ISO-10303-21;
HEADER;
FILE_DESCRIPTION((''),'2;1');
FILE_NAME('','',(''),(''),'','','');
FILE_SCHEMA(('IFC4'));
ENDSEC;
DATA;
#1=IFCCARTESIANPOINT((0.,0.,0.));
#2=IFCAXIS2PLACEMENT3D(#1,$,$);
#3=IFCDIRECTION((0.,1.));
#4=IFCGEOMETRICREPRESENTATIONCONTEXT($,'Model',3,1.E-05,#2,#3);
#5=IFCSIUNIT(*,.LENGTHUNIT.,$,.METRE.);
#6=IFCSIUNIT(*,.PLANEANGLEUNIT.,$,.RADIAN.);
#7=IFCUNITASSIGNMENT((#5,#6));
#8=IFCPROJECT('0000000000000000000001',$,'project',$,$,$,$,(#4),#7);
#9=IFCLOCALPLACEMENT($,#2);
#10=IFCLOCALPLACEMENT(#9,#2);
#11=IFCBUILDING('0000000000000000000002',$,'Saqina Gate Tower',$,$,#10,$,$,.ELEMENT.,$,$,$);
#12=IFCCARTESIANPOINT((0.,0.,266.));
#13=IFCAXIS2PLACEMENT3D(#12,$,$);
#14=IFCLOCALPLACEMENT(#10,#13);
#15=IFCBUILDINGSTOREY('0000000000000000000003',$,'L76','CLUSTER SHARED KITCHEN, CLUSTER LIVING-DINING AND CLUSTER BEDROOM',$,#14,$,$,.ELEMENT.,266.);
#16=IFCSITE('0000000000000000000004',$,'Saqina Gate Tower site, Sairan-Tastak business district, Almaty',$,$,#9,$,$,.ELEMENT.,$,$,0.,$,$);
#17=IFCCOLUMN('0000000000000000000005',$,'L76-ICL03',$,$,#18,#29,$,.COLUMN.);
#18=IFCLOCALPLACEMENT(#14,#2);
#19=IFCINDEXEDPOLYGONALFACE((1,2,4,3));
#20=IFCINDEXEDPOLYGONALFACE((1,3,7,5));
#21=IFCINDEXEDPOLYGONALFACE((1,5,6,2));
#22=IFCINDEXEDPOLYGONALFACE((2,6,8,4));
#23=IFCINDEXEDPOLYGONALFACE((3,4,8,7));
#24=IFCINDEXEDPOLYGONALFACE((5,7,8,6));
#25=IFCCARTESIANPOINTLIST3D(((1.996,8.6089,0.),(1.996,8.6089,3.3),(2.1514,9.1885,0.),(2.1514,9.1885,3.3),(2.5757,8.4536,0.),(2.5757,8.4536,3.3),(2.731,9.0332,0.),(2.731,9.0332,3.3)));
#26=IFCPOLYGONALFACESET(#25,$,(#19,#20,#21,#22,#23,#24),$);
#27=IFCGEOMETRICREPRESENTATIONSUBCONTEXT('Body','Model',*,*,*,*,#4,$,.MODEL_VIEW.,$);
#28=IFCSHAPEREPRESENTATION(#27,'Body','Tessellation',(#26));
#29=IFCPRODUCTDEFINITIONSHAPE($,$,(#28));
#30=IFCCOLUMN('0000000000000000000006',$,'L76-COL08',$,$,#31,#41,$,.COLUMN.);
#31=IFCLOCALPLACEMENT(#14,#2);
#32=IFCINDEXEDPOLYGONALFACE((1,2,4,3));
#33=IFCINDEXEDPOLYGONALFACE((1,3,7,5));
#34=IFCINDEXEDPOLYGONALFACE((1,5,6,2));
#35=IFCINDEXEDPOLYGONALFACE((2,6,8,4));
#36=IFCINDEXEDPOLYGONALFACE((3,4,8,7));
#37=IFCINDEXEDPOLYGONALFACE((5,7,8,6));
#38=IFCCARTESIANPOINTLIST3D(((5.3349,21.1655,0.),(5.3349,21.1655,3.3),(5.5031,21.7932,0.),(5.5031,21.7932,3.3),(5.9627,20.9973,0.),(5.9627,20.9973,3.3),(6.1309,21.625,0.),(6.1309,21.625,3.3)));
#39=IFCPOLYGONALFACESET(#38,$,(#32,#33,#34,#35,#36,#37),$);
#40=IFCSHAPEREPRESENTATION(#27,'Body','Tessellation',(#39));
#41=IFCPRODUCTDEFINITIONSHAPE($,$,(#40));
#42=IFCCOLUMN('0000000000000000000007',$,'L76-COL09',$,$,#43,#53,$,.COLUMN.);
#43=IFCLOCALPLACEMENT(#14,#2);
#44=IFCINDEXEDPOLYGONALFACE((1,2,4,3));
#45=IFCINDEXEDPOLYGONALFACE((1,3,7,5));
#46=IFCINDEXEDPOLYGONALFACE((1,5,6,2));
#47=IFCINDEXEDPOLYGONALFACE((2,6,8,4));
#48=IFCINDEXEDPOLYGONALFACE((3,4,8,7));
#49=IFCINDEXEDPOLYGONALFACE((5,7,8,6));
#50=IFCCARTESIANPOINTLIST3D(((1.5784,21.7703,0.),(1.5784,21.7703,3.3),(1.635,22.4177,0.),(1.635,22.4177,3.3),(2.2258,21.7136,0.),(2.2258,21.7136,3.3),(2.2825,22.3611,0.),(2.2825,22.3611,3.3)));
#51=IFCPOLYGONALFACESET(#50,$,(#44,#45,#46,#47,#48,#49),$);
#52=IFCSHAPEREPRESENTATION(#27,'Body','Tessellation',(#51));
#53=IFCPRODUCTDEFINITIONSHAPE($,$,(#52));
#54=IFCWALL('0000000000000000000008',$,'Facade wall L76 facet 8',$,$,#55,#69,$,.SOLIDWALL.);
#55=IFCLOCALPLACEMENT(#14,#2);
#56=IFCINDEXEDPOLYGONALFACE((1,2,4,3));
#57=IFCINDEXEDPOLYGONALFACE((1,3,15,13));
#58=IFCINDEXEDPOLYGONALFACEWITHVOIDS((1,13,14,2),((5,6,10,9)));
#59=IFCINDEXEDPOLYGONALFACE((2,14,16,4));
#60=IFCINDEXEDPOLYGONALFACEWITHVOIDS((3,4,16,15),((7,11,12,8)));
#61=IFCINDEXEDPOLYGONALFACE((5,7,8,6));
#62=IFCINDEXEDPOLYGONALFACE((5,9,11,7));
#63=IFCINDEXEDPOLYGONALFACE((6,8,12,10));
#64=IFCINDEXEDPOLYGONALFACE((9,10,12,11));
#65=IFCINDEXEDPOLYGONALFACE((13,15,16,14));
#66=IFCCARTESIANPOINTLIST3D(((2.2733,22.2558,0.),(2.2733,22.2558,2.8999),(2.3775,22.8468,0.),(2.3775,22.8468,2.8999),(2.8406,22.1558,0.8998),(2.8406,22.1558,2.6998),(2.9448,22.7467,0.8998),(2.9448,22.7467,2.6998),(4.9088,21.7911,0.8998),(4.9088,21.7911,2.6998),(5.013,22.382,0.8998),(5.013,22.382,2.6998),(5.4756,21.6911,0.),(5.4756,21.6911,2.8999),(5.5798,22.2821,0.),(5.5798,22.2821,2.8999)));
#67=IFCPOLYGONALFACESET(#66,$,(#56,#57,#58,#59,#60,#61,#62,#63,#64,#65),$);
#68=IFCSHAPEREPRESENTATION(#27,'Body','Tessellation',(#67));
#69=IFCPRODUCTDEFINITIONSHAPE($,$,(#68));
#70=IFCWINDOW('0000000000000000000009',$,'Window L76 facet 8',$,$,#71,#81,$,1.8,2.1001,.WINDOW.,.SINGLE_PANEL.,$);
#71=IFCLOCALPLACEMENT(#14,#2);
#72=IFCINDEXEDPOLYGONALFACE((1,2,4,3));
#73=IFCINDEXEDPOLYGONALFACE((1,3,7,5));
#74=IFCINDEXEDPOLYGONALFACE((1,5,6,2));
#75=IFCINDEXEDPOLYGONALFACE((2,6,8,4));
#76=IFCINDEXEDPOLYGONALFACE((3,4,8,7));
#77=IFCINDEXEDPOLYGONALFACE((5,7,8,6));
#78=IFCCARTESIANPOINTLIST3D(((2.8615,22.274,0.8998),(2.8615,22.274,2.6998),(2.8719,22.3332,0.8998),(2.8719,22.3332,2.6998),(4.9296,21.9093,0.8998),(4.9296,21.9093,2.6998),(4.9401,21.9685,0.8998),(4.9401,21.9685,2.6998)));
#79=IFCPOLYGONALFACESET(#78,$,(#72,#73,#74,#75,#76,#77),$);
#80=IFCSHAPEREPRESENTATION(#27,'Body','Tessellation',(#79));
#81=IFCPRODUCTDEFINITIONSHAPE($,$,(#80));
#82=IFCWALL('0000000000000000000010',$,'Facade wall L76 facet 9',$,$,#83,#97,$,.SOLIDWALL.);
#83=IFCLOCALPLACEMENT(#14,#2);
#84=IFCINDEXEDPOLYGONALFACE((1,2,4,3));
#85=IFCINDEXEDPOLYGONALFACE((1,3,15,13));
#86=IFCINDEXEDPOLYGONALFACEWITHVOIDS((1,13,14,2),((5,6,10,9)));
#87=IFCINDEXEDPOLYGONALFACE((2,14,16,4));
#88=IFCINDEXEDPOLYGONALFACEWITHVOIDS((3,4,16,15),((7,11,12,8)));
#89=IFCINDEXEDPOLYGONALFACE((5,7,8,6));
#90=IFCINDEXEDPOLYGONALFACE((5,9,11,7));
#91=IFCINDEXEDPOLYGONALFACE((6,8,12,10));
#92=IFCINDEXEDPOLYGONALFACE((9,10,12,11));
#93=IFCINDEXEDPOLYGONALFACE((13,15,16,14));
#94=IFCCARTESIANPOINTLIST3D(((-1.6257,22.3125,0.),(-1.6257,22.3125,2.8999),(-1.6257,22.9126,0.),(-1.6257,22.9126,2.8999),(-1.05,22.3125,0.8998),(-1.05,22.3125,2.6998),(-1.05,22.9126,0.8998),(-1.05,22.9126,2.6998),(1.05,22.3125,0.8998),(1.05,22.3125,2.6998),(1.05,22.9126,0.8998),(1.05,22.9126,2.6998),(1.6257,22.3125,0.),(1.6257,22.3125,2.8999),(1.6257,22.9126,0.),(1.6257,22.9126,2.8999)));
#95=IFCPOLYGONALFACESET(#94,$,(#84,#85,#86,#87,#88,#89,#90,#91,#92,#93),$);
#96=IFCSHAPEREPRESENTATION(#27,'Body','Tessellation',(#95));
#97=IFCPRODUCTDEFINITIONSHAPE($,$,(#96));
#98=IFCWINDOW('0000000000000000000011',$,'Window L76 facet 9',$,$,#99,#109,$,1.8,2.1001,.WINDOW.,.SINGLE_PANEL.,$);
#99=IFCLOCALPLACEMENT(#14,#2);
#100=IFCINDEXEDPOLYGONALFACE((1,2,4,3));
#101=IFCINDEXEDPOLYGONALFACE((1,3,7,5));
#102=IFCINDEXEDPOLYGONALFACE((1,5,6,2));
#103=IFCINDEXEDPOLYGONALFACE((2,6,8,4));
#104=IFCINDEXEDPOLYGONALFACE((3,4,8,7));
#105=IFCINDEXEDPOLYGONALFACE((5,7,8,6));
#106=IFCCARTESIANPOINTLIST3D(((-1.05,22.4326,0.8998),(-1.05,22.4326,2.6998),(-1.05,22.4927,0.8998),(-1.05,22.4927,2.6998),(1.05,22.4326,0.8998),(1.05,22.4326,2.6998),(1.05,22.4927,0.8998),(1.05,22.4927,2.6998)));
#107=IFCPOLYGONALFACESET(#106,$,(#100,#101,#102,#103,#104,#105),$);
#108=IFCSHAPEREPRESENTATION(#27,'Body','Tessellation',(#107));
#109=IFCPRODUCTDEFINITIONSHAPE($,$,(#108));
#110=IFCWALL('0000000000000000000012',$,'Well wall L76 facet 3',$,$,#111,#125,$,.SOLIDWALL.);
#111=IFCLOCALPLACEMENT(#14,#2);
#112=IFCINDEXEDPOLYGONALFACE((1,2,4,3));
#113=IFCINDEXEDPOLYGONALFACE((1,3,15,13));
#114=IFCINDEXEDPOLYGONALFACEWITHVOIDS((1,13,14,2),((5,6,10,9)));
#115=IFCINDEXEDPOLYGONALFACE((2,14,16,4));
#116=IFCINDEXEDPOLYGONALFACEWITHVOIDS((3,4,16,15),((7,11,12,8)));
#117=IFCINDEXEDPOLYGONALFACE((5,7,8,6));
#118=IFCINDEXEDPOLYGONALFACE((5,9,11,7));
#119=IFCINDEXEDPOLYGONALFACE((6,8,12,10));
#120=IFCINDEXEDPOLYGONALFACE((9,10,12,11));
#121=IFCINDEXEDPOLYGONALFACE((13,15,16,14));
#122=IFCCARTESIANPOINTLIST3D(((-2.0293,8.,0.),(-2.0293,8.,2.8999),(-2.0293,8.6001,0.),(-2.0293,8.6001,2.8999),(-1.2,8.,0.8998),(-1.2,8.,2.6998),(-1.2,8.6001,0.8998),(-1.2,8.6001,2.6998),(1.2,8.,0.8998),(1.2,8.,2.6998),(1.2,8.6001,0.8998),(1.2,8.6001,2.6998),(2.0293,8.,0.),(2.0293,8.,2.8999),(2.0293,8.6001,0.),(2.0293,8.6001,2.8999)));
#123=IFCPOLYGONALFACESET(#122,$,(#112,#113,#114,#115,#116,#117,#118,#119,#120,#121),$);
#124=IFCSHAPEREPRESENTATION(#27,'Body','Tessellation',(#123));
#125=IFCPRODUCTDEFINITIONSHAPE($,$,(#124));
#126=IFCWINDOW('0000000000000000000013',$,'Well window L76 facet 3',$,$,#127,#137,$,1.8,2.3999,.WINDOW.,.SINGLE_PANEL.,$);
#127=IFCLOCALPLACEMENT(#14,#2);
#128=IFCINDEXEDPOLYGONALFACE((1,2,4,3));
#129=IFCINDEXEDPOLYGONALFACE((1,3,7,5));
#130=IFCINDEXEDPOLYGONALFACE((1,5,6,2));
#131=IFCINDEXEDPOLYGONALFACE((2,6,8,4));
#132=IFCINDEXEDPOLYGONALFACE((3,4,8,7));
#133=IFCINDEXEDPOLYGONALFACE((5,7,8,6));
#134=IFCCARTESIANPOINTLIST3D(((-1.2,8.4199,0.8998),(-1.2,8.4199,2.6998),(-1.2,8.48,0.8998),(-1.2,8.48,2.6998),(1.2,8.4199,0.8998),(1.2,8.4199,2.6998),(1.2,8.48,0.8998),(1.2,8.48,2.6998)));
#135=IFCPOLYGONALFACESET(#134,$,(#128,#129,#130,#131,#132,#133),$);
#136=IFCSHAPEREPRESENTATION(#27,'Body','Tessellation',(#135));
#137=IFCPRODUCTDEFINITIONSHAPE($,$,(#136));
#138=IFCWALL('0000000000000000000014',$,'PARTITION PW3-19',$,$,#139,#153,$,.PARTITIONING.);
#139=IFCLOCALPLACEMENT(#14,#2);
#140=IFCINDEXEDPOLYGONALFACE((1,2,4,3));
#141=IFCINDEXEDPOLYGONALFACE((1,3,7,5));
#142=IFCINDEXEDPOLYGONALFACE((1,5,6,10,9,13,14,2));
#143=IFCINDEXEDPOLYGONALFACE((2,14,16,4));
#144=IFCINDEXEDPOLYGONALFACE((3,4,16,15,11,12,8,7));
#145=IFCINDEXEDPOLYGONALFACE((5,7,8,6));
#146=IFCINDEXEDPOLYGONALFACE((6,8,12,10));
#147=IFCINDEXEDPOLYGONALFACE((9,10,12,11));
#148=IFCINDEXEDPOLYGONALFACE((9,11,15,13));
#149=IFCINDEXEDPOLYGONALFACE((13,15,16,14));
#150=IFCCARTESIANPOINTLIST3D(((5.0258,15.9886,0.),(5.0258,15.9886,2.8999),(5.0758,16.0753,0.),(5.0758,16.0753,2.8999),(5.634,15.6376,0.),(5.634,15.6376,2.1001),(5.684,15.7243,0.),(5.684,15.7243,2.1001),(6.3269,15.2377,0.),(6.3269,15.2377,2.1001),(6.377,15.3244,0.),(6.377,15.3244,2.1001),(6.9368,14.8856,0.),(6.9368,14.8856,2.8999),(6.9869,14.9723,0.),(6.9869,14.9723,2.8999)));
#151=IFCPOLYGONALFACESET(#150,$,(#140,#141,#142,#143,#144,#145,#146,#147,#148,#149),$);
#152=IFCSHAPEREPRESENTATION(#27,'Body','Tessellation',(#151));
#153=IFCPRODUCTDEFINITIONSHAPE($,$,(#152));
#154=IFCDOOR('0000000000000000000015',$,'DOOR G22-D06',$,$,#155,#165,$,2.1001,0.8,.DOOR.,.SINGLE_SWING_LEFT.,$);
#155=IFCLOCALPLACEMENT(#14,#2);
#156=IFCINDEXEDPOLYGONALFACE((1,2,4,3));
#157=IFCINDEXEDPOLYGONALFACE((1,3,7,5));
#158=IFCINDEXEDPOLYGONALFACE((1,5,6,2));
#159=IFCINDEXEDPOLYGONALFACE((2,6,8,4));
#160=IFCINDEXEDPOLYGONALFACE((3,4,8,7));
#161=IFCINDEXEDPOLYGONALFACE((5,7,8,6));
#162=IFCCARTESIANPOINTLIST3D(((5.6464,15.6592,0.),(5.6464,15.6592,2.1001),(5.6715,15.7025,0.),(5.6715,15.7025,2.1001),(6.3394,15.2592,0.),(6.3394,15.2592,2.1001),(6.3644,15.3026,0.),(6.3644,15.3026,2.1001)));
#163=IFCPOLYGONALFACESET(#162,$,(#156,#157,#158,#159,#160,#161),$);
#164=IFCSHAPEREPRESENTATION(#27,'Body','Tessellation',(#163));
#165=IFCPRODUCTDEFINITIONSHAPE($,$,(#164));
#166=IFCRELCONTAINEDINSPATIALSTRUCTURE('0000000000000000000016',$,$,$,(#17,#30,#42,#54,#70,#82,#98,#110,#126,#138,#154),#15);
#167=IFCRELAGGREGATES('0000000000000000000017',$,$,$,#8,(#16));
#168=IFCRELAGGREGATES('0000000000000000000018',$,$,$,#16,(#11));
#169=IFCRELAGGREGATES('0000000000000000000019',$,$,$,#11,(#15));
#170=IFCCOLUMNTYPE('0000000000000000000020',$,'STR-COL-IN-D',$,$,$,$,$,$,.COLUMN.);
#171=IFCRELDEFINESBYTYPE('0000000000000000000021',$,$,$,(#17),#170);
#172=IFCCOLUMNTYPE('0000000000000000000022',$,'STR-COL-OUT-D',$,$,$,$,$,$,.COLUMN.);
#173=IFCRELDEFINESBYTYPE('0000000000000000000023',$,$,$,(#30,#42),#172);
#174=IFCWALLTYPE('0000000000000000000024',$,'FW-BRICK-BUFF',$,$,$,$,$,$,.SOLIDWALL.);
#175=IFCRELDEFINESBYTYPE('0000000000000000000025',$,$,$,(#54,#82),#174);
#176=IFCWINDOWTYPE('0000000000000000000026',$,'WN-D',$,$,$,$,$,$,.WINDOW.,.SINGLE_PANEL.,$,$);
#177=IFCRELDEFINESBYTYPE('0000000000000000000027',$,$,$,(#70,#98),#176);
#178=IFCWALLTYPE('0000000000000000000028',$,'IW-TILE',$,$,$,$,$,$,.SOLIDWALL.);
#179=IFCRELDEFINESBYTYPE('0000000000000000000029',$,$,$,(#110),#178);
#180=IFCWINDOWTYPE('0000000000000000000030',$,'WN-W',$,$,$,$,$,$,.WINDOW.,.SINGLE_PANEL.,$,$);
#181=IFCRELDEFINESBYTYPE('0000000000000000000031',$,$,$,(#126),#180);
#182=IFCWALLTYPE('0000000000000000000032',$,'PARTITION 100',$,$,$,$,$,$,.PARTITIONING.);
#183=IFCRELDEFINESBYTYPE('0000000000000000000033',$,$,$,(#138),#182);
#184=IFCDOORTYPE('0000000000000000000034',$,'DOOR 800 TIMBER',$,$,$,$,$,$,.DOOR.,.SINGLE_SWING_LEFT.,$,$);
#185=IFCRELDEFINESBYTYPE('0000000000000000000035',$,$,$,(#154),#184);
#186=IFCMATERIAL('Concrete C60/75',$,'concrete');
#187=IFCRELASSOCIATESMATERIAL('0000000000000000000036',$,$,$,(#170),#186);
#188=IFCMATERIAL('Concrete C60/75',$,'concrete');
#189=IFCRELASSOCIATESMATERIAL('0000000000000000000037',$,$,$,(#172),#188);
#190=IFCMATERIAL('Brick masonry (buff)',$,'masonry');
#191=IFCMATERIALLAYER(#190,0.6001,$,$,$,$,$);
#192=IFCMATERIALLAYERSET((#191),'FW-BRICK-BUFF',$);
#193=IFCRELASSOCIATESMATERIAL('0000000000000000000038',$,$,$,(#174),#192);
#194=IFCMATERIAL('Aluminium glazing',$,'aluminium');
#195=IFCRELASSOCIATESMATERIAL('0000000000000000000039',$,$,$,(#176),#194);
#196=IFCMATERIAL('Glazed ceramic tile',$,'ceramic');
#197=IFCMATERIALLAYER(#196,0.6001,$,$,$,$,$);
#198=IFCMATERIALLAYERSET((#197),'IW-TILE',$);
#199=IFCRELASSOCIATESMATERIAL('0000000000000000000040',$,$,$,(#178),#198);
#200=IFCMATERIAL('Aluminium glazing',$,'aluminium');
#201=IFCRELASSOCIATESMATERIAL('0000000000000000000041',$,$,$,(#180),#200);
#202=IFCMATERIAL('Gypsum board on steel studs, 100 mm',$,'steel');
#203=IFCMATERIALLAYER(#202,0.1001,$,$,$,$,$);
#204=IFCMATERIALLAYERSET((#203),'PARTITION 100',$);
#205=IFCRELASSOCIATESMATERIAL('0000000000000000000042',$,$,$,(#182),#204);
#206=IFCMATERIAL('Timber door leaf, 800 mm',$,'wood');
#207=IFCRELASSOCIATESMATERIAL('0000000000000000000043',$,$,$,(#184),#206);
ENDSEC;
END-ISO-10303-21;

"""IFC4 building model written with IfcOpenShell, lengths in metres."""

from ifc_helpers import new_model, si_unit, direction, frame, frame_2d, origin, origin_2d, place, context, subcontext, project, spatial, rectangle, extrude, material, layer, layer_set, material_profile, profile_set, type_object, element, fill, save


model = new_model("IFC4")

# Units and contexts
model_context = context("Model", 3, precision=1e-05, world=origin(), true_north=direction((0.0, 1.0)))
body_context = subcontext(model_context, "Body", "Model", "MODEL_VIEW")
ifc_project = project(units=[si_unit("LENGTHUNIT", "METRE"), si_unit("PLANEANGLEUNIT", "RADIAN")], contexts=[model_context])

# Site, building, storey
site_placement = place(None, origin())
site = spatial("IfcSite", under=ifc_project, at=site_placement, Name="Saqina Gate Tower site, Sairan-Tastak business district, Almaty", CompositionType="ELEMENT", RefElevation=0.0)
building_placement = place(site_placement, origin())
building = spatial("IfcBuilding", under=site, at=building_placement, Name="Saqina Gate Tower", CompositionType="ELEMENT")
storey_placement = place(building_placement, frame((0.0, 0.0, 266.0)))
storey = spatial("IfcBuildingStorey", under=building, at=storey_placement, Name="L76", Description="CLUSTER SHARED KITCHEN, CLUSTER LIVING-DINING AND CLUSTER BEDROOM", CompositionType="ELEMENT", Elevation=266.0)

# Columns
ifc_material_1 = material(Name="Concrete C60/75", Category="concrete")
ifc_material_profile_1 = material_profile(ifc_material_1, rectangle(XDim=0.6001, YDim=0.6001, at=origin_2d()), Name="RC 600x600")
ifc_profile_set_1 = profile_set([ifc_material_profile_1], Name="Concrete C60/75")
column_type_1 = type_object("IfcColumnType", Name="STR-COL-IN-D", PredefinedType="COLUMN", material=ifc_profile_set_1)
column_placement = place(storey_placement, frame((2.3635, 8.821, 0.0), z_axis=(0.0, 0.0, 1.0), x_axis=(0.258819, 0.965926, 0.0)))
element("IfcColumn", 1, at=column_placement, inside=storey, type_object=column_type_1, Name="L76-ICL03", PredefinedType="COLUMN", context=body_context, shape_type="SweptSolid", body=[
    extrude(rectangle(XDim=0.6001, YDim=0.6001, at=origin_2d()), origin(), (0.0, 0.0, 1.0), 3.3),
])
ifc_material_2 = material(Name="Concrete C60/75", Category="concrete")
ifc_material_profile_2 = material_profile(ifc_material_2, rectangle(XDim=0.6499, YDim=0.6499, at=origin_2d()), Name="RC 650x650")
ifc_profile_set_2 = profile_set([ifc_material_profile_2], Name="Concrete C60/75")
column_type_2 = type_object("IfcColumnType", Name="STR-COL-OUT-D", PredefinedType="COLUMN", material=ifc_profile_set_2)
for number, where, z_axis, x_axis, name in (
    (2, (5.7329, 21.3953, 0.0), (0.0, 0.0, 1.0), (0.258819, 0.965926, 0.0), "L76-COL08"),
    (3, (1.9304, 22.0657, 0.0), (0.0, 0.0, 1.0), (0.087156, 0.996195, 0.0), "L76-COL09"),
):
    element("IfcColumn", number, at=place(storey_placement, frame(where, z_axis=z_axis, x_axis=x_axis)), inside=storey, type_object=column_type_2, Name=name, PredefinedType="COLUMN", context=body_context, shape_type="SweptSolid", body=[
        extrude(rectangle(XDim=0.6499, YDim=0.6499, at=origin_2d()), origin(), (0.0, 0.0, 1.0), 3.3),
    ])

# Walls, openings, windows
ifc_material_3 = material(Name="Brick masonry (buff)", Category="masonry")
ifc_layer_1 = layer(ifc_material_3, 0.6001)
ifc_layer_set_1 = layer_set([ifc_layer_1], Name="FW-BRICK-BUFF")
wall_type_1 = type_object("IfcWallType", Name="FW-BRICK-BUFF", PredefinedType="SOLIDWALL", material=ifc_layer_set_1)
wall_1_placement = place(storey_placement, frame((5.5278, 21.9866, 0.0), z_axis=(0.0, 0.0, 1.0), x_axis=(-0.984806, 0.173657, 0.0)))
wall_1 = element("IfcWall", 4, at=wall_1_placement, inside=storey, type_object=wall_type_1, Name="Facade wall L76 facet 8", PredefinedType="SOLIDWALL", context=body_context, shape_type="SweptSolid", body=[
    extrude(rectangle(XDim=3.2517, YDim=0.6001, at=frame_2d((1.626, 0.0))), origin(), (0.0, 0.0, 1.0), 2.8999),
])
opening_1_placement = place(wall_1_placement, frame((0.5757, 0.0, 0.8999)))
opening_1 = element("IfcOpeningElement", 5, at=opening_1_placement, cuts=wall_1, PredefinedType="OPENING", context=body_context, shape_type="SweptSolid", body=[
    extrude(rectangle(XDim=2.1001, YDim=1.8, at=frame_2d((1.05, 0.8999))), frame((0.0, 0.312, 0.0), z_axis=(0.0, -1.0, 0.0), x_axis=(1.0, 0.0, 0.0)), (0.0, 0.0, 1.0), 0.624),
])
ifc_material_4 = material(Name="Aluminium glazing", Category="aluminium")
window_type_1 = type_object("IfcWindowType", Name="WN-D", PartitioningType="SINGLE_PANEL", PredefinedType="WINDOW", material=ifc_material_4)
window_1_placement = place(opening_1_placement, origin())
window_1 = element("IfcWindow", 6, at=window_1_placement, inside=storey, type_object=window_type_1, Name="Window L76 facet 8", OverallHeight=1.8, OverallWidth=2.1001, PartitioningType="SINGLE_PANEL", PredefinedType="WINDOW", context=body_context, shape_type="SweptSolid", body=[
    extrude(rectangle(XDim=2.1001, YDim=1.8, at=frame_2d((1.05, 0.8999))), frame((0.0, 0.1799, 0.0), z_axis=(0.0, -1.0, 0.0), x_axis=(1.0, 0.0, 0.0)), (0.0, 0.0, 1.0), 0.0601),
])
fill(opening_1, window_1)
wall_2_placement = place(storey_placement, frame((1.6257, 22.6125, 0.0), z_axis=(0.0, 0.0, 1.0), x_axis=(-1.0, 0.0, 0.0)))
wall_2 = element("IfcWall", 7, at=wall_2_placement, inside=storey, type_object=wall_type_1, Name="Facade wall L76 facet 9", PredefinedType="SOLIDWALL", context=body_context, shape_type="SweptSolid", body=[
    extrude(rectangle(XDim=3.2515, YDim=0.6001, at=frame_2d((1.6257, 0.0))), origin(), (0.0, 0.0, 1.0), 2.8999),
])
opening_2_placement = place(wall_2_placement, frame((0.5757, 0.0, 0.8999)))
opening_2 = element("IfcOpeningElement", 8, at=opening_2_placement, cuts=wall_2, PredefinedType="OPENING", context=body_context, shape_type="SweptSolid", body=[
    extrude(rectangle(XDim=2.1001, YDim=1.8, at=frame_2d((1.05, 0.8999))), frame((0.0, 0.312, 0.0), z_axis=(0.0, -1.0, 0.0), x_axis=(1.0, 0.0, 0.0)), (0.0, 0.0, 1.0), 0.624),
])
window_2_placement = place(opening_2_placement, origin())
window_2 = element("IfcWindow", 9, at=window_2_placement, inside=storey, type_object=window_type_1, Name="Window L76 facet 9", OverallHeight=1.8, OverallWidth=2.1001, PartitioningType="SINGLE_PANEL", PredefinedType="WINDOW", context=body_context, shape_type="SweptSolid", body=[
    extrude(rectangle(XDim=2.1001, YDim=1.8, at=frame_2d((1.05, 0.8999))), frame((0.0, 0.1799, 0.0), z_axis=(0.0, -1.0, 0.0), x_axis=(1.0, 0.0, 0.0)), (0.0, 0.0, 1.0), 0.0601),
])
fill(opening_2, window_2)
ifc_material_5 = material(Name="Glazed ceramic tile", Category="ceramic")
ifc_layer_2 = layer(ifc_material_5, 0.6001)
ifc_layer_set_2 = layer_set([ifc_layer_2], Name="IW-TILE")
wall_type_2 = type_object("IfcWallType", Name="IW-TILE", PredefinedType="SOLIDWALL", material=ifc_layer_set_2)
wall_3_placement = place(storey_placement, frame((2.0293, 8.3, 0.0), z_axis=(0.0, 0.0, 1.0), x_axis=(-1.0, 0.0, 0.0)))
wall_3 = element("IfcWall", 10, at=wall_3_placement, inside=storey, type_object=wall_type_2, Name="Well wall L76 facet 3", PredefinedType="SOLIDWALL", context=body_context, shape_type="SweptSolid", body=[
    extrude(rectangle(XDim=4.0586, YDim=0.6001, at=frame_2d((2.0293, 0.0))), origin(), (0.0, 0.0, 1.0), 2.8999),
])
opening_3_placement = place(wall_3_placement, frame((0.8293, 0.0, 0.8999)))
opening_3 = element("IfcOpeningElement", 11, at=opening_3_placement, cuts=wall_3, PredefinedType="OPENING", context=body_context, shape_type="SweptSolid", body=[
    extrude(rectangle(XDim=2.3999, YDim=1.8, at=frame_2d((1.2, 0.8999))), frame((0.0, 0.312, 0.0), z_axis=(0.0, -1.0, 0.0), x_axis=(1.0, 0.0, 0.0)), (0.0, 0.0, 1.0), 0.624),
])
ifc_material_6 = material(Name="Aluminium glazing", Category="aluminium")
window_type_2 = type_object("IfcWindowType", Name="WN-W", PartitioningType="SINGLE_PANEL", PredefinedType="WINDOW", material=ifc_material_6)
window_3_placement = place(opening_3_placement, origin())
window_3 = element("IfcWindow", 12, at=window_3_placement, inside=storey, type_object=window_type_2, Name="Well window L76 facet 3", OverallHeight=1.8, OverallWidth=2.3999, PartitioningType="SINGLE_PANEL", PredefinedType="WINDOW", context=body_context, shape_type="SweptSolid", body=[
    extrude(rectangle(XDim=2.3999, YDim=1.8, at=frame_2d((1.2, 0.8999))), frame((0.0, -0.1199, 0.0), z_axis=(0.0, -1.0, 0.0), x_axis=(1.0, 0.0, 0.0)), (0.0, 0.0, 1.0), 0.0601),
])
fill(opening_3, window_3)

# Wall, opening, door
ifc_material_7 = material(Name="Gypsum board on steel studs, 100 mm", Category="steel")
ifc_layer_3 = layer(ifc_material_7, 0.1001)
ifc_layer_set_3 = layer_set([ifc_layer_3], Name="PARTITION 100")
wall_type_3 = type_object("IfcWallType", Name="PARTITION 100", PredefinedType="PARTITIONING", material=ifc_layer_set_3)
wall_4_placement = place(storey_placement, frame((5.0508, 16.032, 0.0), z_axis=(0.0, 0.0, 1.0), x_axis=(0.866097, -0.499876, 0.0)))
wall_4 = element("IfcWall", 13, at=wall_4_placement, inside=storey, type_object=wall_type_3, Name="PARTITION PW3-19", PredefinedType="PARTITIONING", context=body_context, shape_type="SweptSolid", body=[
    extrude(rectangle(XDim=2.2065, YDim=0.1001, at=frame_2d((1.1033, 0.0))), origin(), (0.0, 0.0, 1.0), 2.8999),
])
opening_4_placement = place(wall_4_placement, frame((0.7024, 0.0, 0.0)))
opening_4 = element("IfcOpeningElement", 14, at=opening_4_placement, cuts=wall_4, PredefinedType="OPENING", context=body_context, shape_type="SweptSolid", body=[
    extrude(rectangle(XDim=0.8, YDim=2.1001, at=frame_2d((0.3999, 1.05))), frame((0.0, 0.062, 0.0), z_axis=(0.0, -1.0, 0.0), x_axis=(1.0, 0.0, 0.0)), (0.0, 0.0, 1.0), 0.124),
])
ifc_material_8 = material(Name="Timber door leaf, 800 mm", Category="wood")
door_type_1 = type_object("IfcDoorType", Name="DOOR 800 TIMBER", OperationType="SINGLE_SWING_LEFT", PredefinedType="DOOR", material=ifc_material_8)
door_1_placement = place(opening_4_placement, origin())
door_1 = element("IfcDoor", 15, at=door_1_placement, inside=storey, type_object=door_type_1, Name="DOOR G22-D06", OperationType="SINGLE_SWING_LEFT", OverallHeight=2.1001, OverallWidth=0.8, PredefinedType="DOOR", context=body_context, shape_type="SweptSolid", body=[
    extrude(rectangle(XDim=0.8, YDim=2.1001, at=frame_2d((0.3999, 1.05))), frame((0.0, 0.0249, 0.0), z_axis=(0.0, -1.0, 0.0), x_axis=(1.0, 0.0, 0.0)), (0.0, 0.0, 1.0), 0.05),
])
fill(opening_4, door_1)

save(model, "model.ifc")
